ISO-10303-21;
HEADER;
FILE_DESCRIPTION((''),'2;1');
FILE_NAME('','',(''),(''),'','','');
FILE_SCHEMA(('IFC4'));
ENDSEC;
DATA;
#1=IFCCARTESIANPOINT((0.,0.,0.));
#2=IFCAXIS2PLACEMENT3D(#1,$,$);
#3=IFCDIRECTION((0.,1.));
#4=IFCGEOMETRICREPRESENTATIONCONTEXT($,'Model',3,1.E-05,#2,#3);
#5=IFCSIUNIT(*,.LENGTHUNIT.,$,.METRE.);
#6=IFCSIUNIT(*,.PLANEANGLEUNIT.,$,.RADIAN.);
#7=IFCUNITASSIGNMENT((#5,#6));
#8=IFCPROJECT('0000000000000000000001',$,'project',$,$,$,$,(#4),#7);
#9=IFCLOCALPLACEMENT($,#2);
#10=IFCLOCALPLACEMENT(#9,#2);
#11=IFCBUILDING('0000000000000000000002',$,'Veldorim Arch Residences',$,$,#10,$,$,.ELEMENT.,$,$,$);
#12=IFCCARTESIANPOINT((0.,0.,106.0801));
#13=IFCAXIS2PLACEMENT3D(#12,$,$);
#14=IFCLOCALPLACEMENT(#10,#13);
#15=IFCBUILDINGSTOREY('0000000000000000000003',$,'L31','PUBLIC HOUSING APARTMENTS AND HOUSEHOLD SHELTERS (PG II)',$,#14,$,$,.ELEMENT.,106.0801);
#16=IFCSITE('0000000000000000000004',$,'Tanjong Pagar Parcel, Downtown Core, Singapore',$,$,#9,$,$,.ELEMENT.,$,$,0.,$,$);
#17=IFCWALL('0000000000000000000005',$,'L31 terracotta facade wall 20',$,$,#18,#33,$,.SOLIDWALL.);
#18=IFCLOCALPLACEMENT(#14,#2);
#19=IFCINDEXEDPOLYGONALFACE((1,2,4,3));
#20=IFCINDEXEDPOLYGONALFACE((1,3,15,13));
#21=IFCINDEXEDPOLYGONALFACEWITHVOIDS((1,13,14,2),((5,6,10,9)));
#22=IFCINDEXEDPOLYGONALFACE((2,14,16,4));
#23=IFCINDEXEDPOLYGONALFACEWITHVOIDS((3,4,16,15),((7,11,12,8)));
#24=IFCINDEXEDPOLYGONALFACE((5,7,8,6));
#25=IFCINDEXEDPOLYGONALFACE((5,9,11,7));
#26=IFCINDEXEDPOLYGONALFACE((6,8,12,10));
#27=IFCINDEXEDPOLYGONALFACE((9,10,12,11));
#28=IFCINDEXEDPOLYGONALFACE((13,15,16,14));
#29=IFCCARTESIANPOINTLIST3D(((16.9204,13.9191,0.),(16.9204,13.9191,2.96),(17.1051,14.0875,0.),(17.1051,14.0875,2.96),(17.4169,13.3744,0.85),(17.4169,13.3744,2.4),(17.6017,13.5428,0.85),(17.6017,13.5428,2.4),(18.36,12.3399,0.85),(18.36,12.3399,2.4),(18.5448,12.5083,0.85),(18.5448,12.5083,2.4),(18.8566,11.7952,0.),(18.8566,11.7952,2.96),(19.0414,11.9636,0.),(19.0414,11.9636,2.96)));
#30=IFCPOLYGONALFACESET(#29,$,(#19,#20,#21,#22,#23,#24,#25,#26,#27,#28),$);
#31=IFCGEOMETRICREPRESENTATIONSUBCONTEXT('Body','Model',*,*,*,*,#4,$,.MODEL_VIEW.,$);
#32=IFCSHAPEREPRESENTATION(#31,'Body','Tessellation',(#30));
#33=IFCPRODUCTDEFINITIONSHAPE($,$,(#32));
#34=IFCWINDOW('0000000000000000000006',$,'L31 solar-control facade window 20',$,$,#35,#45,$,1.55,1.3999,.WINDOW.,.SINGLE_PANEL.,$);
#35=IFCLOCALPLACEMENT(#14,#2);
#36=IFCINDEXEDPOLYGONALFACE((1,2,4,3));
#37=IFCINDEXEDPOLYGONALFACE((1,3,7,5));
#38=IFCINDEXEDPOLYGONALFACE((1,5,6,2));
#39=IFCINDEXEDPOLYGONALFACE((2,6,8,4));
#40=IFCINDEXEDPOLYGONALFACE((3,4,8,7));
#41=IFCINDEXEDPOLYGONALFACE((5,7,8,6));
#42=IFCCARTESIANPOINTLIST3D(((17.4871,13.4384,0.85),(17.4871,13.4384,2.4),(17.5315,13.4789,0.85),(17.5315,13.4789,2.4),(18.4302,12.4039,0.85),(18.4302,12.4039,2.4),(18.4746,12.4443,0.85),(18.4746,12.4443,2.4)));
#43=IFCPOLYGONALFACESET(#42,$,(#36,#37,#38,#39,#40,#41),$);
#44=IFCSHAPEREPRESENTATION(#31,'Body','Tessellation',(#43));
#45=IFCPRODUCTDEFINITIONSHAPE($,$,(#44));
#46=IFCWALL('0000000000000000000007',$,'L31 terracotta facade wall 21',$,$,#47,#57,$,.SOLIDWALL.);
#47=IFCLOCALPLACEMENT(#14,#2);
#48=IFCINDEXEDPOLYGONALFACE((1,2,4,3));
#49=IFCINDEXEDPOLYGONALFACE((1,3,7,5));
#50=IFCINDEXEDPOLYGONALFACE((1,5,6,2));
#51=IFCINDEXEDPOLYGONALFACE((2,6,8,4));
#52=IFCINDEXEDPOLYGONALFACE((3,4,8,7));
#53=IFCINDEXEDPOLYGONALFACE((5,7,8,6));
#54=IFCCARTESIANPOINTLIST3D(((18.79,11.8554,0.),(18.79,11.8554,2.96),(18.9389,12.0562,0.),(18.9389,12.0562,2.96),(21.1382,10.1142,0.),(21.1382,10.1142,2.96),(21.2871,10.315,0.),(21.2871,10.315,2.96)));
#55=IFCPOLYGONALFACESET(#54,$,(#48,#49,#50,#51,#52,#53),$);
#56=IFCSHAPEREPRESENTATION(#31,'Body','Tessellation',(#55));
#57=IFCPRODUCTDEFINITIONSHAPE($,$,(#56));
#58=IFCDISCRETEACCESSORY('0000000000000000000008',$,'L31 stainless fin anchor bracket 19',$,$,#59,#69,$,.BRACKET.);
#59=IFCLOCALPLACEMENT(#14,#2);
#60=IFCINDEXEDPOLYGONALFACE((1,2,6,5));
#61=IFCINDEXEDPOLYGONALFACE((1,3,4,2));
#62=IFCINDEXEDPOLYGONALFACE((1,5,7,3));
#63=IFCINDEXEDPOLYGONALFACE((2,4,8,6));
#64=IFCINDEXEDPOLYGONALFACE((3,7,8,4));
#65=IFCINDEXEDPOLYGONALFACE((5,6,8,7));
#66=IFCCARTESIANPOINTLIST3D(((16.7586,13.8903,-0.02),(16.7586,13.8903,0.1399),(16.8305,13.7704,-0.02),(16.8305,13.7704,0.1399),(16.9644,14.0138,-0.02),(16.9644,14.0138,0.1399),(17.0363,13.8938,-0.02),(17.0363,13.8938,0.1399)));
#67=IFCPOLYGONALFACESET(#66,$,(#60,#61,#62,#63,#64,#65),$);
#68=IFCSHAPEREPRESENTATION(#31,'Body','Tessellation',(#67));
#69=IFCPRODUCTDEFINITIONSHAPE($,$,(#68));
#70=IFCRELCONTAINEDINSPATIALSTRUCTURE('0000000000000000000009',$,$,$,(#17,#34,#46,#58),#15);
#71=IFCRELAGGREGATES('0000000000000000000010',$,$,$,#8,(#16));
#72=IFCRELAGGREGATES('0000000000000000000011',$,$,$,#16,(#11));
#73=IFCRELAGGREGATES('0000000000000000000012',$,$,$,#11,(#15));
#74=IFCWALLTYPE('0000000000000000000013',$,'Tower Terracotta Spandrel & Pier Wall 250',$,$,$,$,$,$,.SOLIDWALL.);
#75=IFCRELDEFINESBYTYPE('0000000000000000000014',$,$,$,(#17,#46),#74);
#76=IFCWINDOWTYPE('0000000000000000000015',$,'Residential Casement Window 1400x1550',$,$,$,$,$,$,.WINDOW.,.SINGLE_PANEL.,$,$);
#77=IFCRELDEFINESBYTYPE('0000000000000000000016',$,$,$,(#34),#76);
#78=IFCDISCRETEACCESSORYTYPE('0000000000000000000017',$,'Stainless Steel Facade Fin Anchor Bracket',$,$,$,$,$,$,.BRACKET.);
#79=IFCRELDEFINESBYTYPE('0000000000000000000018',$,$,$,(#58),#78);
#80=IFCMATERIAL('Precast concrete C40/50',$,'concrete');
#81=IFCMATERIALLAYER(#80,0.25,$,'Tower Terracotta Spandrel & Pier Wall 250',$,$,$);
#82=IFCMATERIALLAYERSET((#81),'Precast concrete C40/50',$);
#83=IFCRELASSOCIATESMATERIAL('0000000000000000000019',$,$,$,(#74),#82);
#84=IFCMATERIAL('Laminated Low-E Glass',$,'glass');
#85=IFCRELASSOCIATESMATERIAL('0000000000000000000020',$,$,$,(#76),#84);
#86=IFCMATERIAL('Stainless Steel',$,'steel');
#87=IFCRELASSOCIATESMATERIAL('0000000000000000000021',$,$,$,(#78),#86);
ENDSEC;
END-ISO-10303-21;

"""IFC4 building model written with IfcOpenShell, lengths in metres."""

from ifc_helpers import new_model, si_unit, direction, frame, frame_2d, origin, origin_2d, place, context, subcontext, project, spatial, rectangle, extrude, material, layer, layer_set, type_object, element, fill, save


model = new_model("IFC4")

# Units and contexts
model_context = context("Model", 3, precision=1e-05, world=origin(), true_north=direction((0.0, 1.0)))
body_context = subcontext(model_context, "Body", "Model", "MODEL_VIEW")
ifc_project = project(units=[si_unit("LENGTHUNIT", "METRE"), si_unit("PLANEANGLEUNIT", "RADIAN")], contexts=[model_context])

# Site, building, storey
site_placement = place(None, origin())
site = spatial("IfcSite", under=ifc_project, at=site_placement, Name="Tanjong Pagar Parcel, Downtown Core, Singapore", CompositionType="ELEMENT", RefElevation=0.0)
building_placement = place(site_placement, origin())
building = spatial("IfcBuilding", under=site, at=building_placement, Name="Veldorim Arch Residences", CompositionType="ELEMENT")
storey_placement = place(building_placement, frame((0.0, 0.0, 106.0801)))
storey = spatial("IfcBuildingStorey", under=building, at=storey_placement, Name="L31", Description="PUBLIC HOUSING APARTMENTS AND HOUSEHOLD SHELTERS (PG II)", CompositionType="ELEMENT", Elevation=106.0801)

# Wall, opening, window
ifc_material_1 = material(Name="Precast concrete C40/50", Category="concrete")
ifc_layer_1 = layer(ifc_material_1, 0.25, Name="Tower Terracotta Spandrel & Pier Wall 250")
ifc_layer_set_1 = layer_set([ifc_layer_1], Name="Precast concrete C40/50")
wall_type_1 = type_object("IfcWallType", Name="Tower Terracotta Spandrel & Pier Wall 250", PredefinedType="SOLIDWALL", material=ifc_layer_set_1)
wall_1_placement = place(storey_placement, frame((18.949, 11.8794, 0.0), z_axis=(0.0, 0.0, 1.0), x_axis=(-0.673691, 0.739013, 0.0)))
wall_1 = element("IfcWall", 1, at=wall_1_placement, inside=storey, type_object=wall_type_1, Name="L31 terracotta facade wall 20", PredefinedType="SOLIDWALL", context=body_context, shape_type="SweptSolid", body=[
    extrude(rectangle(XDim=2.874, YDim=0.25, at=frame_2d((1.437, 0.0))), origin(), (0.0, 0.0, 1.0), 2.96),
])
opening_1_placement = place(wall_1_placement, frame((0.7371, 0.0, 0.8501)))
opening_1 = element("IfcOpeningElement", 2, at=opening_1_placement, cuts=wall_1, PredefinedType="OPENING", context=body_context, shape_type="SweptSolid", body=[
    extrude(rectangle(XDim=1.3999, YDim=1.55, at=frame_2d((0.7, 0.7749))), frame((0.0, 0.135, 0.0), z_axis=(0.0, -1.0, 0.0), x_axis=(1.0, 0.0, 0.0)), (0.0, 0.0, 1.0), 0.27),
])
ifc_material_2 = material(Name="Laminated Low-E Glass", Category="glass")
window_type = type_object("IfcWindowType", Name="Residential Casement Window 1400x1550", PartitioningType="SINGLE_PANEL", PredefinedType="WINDOW", material=ifc_material_2)
window_placement = place(opening_1_placement, origin())
window = element("IfcWindow", 3, at=window_placement, inside=storey, type_object=window_type, Name="L31 solar-control facade window 20", OverallHeight=1.55, OverallWidth=1.3999, PartitioningType="SINGLE_PANEL", PredefinedType="WINDOW", context=body_context, shape_type="SweptSolid", body=[
    extrude(rectangle(XDim=1.3999, YDim=1.55, at=frame_2d((0.7, 0.7749))), frame((0.0, 0.03, 0.0), z_axis=(0.0, -1.0, 0.0), x_axis=(1.0, 0.0, 0.0)), (0.0, 0.0, 1.0), 0.0601),
])
fill(opening_1, window)

# Wall
wall_2_placement = place(storey_placement, frame((21.2126, 10.2146, 0.0), z_axis=(0.0, 0.0, 1.0), x_axis=(-0.803255, 0.595635, 0.0)))
element("IfcWall", 4, at=wall_2_placement, inside=storey, type_object=wall_type_1, Name="L31 terracotta facade wall 21", PredefinedType="SOLIDWALL", context=body_context, shape_type="SweptSolid", body=[
    extrude(rectangle(XDim=2.9233, YDim=0.25, at=frame_2d((1.4617, 0.0))), origin(), (0.0, 0.0, 1.0), 2.96),
])

# Discrete accessory
ifc_material_3 = material(Name="Stainless Steel", Category="steel")
discrete_accessory_type = type_object("IfcDiscreteAccessoryType", Name="Stainless Steel Facade Fin Anchor Bracket", PredefinedType="BRACKET", material=ifc_material_3)
discrete_accessory_placement = place(storey_placement, frame((16.8975, 13.8921, -0.02), z_axis=(0.0, 0.0, 1.0), x_axis=(-0.51444, 0.857527, 0.0)))
element("IfcDiscreteAccessory", 5, at=discrete_accessory_placement, inside=storey, type_object=discrete_accessory_type, Name="L31 stainless fin anchor bracket 19", PredefinedType="BRACKET", context=body_context, shape_type="SweptSolid", body=[
    extrude(rectangle(XDim=0.1399, YDim=0.24, at=origin_2d()), origin(), (0.0, 0.0, 1.0), 0.1599),
])

save(model, "model.ifc")
